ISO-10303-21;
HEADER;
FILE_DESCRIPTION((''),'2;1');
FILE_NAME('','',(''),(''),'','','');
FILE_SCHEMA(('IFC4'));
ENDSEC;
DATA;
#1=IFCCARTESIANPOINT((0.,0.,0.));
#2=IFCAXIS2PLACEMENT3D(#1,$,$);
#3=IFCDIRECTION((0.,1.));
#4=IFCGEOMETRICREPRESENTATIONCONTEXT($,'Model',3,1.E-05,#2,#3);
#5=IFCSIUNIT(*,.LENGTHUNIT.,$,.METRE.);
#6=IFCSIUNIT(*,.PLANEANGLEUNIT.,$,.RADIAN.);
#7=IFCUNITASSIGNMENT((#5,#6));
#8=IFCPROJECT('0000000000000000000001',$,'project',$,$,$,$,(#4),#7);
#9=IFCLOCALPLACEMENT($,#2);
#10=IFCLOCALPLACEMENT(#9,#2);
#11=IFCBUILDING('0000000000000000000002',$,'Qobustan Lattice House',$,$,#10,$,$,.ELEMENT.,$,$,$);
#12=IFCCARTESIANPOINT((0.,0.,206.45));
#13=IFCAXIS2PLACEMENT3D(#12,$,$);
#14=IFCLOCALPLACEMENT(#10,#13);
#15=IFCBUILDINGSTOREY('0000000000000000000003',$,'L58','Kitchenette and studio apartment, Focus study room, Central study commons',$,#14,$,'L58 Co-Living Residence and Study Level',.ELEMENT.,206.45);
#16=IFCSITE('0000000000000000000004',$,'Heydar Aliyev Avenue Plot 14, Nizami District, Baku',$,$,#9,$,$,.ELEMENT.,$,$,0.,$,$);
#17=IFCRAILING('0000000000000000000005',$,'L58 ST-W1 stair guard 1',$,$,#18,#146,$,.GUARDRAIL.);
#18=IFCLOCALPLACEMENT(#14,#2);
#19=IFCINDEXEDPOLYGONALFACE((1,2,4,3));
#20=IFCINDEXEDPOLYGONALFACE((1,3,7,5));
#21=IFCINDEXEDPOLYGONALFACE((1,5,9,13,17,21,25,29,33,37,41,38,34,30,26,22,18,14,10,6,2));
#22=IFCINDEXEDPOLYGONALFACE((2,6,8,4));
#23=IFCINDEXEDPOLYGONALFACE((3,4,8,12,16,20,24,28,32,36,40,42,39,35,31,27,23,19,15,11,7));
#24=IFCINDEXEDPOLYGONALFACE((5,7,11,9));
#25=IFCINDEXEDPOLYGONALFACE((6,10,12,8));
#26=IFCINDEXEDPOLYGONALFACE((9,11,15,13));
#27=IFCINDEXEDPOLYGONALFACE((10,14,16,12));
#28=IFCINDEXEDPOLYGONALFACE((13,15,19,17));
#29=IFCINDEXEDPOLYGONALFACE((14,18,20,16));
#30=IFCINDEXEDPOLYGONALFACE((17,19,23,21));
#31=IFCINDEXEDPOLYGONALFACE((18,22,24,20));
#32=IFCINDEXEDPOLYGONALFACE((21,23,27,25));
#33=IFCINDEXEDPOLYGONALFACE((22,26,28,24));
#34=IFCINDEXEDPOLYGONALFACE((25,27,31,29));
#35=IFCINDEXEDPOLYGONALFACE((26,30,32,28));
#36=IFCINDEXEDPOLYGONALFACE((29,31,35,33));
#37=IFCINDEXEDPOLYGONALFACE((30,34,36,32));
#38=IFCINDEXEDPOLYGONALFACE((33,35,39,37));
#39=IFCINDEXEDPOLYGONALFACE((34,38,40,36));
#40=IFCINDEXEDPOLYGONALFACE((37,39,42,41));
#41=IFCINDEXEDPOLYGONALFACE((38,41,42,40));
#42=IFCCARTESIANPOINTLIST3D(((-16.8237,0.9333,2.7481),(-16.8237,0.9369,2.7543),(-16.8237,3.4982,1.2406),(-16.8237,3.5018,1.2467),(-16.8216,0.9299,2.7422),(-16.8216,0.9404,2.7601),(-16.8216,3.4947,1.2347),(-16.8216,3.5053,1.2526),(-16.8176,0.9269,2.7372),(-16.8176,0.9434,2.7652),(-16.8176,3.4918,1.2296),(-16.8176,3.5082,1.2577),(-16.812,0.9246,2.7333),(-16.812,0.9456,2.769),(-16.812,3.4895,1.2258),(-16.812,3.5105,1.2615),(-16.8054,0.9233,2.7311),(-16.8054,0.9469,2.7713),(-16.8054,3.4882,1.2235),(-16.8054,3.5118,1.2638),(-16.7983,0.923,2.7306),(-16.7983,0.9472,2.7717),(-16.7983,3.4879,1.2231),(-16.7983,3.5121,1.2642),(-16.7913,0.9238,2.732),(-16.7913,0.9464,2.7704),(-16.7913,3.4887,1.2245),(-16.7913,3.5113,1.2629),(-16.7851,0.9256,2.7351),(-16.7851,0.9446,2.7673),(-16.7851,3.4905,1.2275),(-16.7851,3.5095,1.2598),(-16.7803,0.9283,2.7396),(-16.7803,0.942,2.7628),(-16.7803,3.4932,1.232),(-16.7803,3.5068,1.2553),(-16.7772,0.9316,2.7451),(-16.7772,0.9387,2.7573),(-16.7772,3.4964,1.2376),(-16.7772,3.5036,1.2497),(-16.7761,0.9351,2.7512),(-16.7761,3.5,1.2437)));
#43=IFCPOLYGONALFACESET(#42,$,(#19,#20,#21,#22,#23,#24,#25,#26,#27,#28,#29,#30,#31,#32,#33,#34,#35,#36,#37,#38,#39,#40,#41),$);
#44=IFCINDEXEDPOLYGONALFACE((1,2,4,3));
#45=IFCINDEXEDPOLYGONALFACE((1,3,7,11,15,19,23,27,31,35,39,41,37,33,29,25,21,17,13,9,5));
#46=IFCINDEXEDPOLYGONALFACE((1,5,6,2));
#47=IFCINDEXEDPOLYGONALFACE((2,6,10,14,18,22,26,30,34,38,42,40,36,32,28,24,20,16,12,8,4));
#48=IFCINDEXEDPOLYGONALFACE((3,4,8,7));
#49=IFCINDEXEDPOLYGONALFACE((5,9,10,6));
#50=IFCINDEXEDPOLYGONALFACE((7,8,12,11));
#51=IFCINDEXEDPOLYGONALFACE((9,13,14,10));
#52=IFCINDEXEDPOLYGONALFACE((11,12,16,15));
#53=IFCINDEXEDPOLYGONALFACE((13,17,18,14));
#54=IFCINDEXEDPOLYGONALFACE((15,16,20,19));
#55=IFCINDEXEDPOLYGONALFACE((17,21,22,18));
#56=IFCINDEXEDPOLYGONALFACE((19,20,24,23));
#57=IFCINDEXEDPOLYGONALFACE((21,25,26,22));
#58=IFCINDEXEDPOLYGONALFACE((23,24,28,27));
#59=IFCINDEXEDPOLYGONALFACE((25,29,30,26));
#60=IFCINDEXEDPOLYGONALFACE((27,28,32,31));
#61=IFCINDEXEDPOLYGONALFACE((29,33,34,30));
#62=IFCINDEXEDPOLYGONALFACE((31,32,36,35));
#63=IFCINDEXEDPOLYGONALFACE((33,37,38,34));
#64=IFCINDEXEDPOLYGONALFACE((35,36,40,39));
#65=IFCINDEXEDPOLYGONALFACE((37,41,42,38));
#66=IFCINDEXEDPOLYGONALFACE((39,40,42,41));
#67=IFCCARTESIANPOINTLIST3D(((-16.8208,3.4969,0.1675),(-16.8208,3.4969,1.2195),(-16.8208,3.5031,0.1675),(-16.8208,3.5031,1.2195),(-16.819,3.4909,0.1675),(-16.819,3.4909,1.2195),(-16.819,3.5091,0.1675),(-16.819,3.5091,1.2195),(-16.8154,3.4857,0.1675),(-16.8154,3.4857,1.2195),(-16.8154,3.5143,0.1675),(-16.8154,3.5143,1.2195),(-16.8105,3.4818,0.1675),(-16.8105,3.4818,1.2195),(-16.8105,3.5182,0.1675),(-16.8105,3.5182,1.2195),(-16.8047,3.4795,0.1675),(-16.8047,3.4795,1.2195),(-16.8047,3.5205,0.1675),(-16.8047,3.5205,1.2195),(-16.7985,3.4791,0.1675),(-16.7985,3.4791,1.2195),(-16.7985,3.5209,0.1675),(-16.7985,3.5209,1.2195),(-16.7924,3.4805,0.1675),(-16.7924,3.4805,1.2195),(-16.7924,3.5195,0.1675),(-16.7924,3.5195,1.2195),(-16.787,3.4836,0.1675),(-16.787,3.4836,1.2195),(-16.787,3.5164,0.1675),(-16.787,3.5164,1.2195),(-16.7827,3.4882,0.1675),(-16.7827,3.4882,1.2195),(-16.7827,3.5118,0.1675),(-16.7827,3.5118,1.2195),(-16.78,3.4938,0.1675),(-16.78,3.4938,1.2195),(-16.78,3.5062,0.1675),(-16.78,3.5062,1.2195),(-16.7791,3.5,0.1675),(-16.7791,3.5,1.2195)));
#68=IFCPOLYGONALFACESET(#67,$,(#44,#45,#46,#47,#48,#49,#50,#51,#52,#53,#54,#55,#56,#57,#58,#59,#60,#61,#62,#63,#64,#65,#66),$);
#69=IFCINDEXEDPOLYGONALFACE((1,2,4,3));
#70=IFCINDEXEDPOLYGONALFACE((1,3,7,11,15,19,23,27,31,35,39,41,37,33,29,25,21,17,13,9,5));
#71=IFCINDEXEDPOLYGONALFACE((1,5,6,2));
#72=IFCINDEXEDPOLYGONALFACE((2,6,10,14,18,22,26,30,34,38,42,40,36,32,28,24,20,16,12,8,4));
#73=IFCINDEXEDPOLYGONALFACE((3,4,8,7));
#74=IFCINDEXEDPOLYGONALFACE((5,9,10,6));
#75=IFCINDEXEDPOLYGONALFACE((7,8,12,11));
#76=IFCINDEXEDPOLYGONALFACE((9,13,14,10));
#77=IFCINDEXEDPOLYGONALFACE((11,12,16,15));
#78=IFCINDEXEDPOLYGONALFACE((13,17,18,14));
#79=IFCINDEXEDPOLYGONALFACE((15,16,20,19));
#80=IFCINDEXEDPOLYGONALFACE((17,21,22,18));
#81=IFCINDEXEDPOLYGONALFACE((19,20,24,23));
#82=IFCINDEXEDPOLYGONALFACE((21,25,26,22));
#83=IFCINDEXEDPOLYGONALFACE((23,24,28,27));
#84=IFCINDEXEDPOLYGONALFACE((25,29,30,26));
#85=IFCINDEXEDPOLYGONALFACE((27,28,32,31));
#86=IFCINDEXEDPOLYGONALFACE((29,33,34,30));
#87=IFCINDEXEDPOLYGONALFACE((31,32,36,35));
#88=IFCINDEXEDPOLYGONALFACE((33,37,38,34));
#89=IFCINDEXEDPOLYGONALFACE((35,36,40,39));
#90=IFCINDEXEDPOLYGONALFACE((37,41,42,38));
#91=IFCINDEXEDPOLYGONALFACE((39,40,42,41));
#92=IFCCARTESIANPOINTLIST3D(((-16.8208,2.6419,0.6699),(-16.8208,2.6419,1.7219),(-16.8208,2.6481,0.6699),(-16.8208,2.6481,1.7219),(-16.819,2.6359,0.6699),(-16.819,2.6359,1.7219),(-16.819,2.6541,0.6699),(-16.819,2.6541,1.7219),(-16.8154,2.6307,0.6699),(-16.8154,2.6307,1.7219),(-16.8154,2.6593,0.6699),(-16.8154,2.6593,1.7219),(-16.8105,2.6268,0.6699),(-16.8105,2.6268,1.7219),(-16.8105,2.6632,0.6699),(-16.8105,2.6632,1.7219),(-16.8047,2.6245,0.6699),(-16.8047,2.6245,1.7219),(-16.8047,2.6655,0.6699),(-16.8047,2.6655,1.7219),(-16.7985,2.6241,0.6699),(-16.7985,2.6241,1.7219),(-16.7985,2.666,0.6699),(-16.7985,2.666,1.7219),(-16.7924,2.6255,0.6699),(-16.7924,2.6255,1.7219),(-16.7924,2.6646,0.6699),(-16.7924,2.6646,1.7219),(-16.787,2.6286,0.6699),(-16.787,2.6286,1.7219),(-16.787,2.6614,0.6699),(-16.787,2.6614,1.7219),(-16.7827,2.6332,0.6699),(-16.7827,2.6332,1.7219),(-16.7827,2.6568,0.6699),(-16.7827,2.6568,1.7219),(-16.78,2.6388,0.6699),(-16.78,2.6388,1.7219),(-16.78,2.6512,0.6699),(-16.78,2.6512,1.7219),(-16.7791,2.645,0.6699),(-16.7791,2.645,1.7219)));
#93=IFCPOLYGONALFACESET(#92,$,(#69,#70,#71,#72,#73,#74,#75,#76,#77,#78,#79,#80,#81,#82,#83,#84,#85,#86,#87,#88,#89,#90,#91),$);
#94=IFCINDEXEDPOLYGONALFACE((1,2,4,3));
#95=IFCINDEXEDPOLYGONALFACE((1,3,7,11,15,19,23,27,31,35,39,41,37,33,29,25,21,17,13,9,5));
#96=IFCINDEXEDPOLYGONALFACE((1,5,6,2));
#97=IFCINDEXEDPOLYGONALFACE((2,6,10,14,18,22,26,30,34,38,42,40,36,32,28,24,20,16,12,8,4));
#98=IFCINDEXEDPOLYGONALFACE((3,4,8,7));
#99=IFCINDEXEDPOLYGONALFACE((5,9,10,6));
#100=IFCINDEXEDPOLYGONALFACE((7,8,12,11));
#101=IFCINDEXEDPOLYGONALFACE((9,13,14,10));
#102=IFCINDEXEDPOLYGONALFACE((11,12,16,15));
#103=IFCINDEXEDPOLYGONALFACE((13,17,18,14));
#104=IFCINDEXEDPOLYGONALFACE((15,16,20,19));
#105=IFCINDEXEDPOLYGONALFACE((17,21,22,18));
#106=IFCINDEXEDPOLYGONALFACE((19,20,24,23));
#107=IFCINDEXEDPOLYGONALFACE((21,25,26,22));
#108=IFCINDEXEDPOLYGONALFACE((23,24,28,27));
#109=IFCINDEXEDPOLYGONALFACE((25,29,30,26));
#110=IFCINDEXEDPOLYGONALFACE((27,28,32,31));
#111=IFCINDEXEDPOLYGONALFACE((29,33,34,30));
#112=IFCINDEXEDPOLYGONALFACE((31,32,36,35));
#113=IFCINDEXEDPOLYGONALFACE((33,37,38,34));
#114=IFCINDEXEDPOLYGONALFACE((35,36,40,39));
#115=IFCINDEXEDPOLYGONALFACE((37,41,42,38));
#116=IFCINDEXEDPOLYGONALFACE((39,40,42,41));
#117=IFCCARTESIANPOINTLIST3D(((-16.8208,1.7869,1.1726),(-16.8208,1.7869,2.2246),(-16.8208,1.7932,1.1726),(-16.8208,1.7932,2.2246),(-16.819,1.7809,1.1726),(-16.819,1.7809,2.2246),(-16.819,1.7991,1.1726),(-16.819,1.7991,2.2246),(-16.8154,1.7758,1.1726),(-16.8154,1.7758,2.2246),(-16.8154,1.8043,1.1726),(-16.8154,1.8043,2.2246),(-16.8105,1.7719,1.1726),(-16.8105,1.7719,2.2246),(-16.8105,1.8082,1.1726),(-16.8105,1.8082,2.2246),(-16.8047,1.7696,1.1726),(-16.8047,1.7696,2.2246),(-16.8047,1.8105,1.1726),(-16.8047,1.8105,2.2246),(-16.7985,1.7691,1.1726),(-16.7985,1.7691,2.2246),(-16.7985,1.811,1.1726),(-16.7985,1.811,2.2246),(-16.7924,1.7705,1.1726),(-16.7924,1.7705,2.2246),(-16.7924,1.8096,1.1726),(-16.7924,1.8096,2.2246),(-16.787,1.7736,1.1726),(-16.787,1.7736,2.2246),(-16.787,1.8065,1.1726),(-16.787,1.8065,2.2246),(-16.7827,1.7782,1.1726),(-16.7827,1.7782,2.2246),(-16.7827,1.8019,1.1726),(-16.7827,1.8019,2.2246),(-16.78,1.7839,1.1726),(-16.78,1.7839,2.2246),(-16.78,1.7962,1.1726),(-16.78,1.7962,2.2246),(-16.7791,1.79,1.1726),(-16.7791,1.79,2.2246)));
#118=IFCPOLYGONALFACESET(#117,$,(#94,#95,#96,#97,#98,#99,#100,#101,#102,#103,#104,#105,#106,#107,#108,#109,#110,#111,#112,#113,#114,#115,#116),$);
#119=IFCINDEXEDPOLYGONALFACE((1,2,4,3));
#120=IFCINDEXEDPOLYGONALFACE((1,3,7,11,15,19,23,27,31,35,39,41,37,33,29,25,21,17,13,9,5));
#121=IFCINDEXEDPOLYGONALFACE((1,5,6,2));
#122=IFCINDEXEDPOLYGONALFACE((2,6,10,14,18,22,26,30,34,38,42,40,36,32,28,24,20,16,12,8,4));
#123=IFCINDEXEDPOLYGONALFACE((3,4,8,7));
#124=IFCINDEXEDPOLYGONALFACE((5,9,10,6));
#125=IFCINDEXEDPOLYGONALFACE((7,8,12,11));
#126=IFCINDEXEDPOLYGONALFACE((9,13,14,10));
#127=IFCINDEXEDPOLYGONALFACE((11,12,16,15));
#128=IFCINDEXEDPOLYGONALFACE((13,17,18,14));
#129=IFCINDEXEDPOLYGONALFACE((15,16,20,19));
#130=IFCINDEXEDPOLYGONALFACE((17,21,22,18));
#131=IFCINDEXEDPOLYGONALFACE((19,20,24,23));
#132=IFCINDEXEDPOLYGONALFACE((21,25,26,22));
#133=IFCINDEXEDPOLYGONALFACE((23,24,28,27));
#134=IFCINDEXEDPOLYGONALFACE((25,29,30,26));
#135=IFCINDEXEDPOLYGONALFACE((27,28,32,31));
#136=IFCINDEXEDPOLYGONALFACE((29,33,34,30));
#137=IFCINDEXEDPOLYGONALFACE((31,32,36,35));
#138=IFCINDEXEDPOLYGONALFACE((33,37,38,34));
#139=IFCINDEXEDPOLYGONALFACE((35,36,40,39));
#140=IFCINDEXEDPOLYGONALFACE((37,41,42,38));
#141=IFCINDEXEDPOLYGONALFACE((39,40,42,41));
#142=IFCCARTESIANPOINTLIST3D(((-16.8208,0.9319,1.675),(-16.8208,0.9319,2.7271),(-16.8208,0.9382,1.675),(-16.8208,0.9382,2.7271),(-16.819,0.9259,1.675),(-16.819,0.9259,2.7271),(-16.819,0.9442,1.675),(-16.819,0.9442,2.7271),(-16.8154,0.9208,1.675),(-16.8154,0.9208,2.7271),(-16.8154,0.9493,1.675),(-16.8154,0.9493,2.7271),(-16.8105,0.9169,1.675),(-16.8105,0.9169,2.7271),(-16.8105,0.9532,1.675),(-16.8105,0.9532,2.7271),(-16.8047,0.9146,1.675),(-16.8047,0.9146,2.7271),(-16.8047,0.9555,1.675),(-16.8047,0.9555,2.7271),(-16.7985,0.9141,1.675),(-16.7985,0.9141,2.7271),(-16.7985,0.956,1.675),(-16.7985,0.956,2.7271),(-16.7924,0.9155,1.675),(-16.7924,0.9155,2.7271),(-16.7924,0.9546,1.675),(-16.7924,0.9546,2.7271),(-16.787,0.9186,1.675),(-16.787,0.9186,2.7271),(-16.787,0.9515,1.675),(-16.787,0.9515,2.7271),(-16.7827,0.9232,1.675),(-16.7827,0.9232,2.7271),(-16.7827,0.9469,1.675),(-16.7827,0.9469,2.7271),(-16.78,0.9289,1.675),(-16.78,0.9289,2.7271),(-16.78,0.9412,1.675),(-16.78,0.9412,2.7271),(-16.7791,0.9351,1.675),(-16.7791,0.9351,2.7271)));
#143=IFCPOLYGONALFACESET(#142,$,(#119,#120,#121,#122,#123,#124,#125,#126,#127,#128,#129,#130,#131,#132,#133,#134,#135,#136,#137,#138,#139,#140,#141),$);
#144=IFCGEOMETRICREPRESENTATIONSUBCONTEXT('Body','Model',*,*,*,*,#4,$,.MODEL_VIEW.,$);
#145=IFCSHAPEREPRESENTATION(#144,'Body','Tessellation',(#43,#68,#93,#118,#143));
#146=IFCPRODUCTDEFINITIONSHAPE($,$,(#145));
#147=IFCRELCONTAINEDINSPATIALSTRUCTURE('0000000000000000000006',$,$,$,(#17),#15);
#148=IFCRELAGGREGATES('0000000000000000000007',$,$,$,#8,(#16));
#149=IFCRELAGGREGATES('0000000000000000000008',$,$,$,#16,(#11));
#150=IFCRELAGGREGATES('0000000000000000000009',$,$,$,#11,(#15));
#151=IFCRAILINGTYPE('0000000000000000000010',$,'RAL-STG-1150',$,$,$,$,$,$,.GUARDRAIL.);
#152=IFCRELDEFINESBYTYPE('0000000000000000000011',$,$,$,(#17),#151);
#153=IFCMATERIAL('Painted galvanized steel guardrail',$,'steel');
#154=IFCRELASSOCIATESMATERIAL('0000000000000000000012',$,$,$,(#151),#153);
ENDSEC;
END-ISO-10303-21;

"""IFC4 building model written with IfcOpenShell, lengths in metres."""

from ifc_helpers import new_model, si_unit, direction, frame, origin, origin_2d, place, context, subcontext, project, spatial, circle, extrude, material, type_object, element, save


model = new_model("IFC4")

# Units and contexts
model_context = context("Model", 3, precision=1e-05, world=origin(), true_north=direction((0.0, 1.0)))
body_context = subcontext(model_context, "Body", "Model", "MODEL_VIEW")
ifc_project = project(units=[si_unit("LENGTHUNIT", "METRE"), si_unit("PLANEANGLEUNIT", "RADIAN")], contexts=[model_context])

# Site, building, storey
site_placement = place(None, origin())
site = spatial("IfcSite", under=ifc_project, at=site_placement, Name="Heydar Aliyev Avenue Plot 14, Nizami District, Baku", CompositionType="ELEMENT", RefElevation=0.0)
building_placement = place(site_placement, origin())
building = spatial("IfcBuilding", under=site, at=building_placement, Name="Qobustan Lattice House", CompositionType="ELEMENT")
storey_placement = place(building_placement, frame((0.0, 0.0, 206.45)))
storey = spatial("IfcBuildingStorey", under=building, at=storey_placement, Name="L58", Description="Kitchenette and studio apartment, Focus study room, Central study commons", LongName="L58 Co-Living Residence and Study Level", CompositionType="ELEMENT", Elevation=206.45)

# Railing
ifc_material_1 = material(Name="Painted galvanized steel guardrail", Category="steel")
railing_type_1 = type_object("IfcRailingType", Name="RAL-STG-1150", PredefinedType="GUARDRAIL", material=ifc_material_1)
railing_1_placement = place(storey_placement, frame((-16.8, 3.5, 0.1675)))
element("IfcRailing", 1, at=railing_1_placement, inside=storey, type_object=railing_type_1, Name="L58 ST-W1 stair guard 1", PredefinedType="GUARDRAIL", context=body_context, shape_type="SweptSolid", body=[
    extrude(circle(Radius=0.0239, at=origin_2d()), frame((0.0, 0.0, 1.0762), z_axis=(0.0, -0.862113, 0.506715), x_axis=(1.0, 0.0, 0.0)), (0.0, 0.0, 1.0), 2.9751),
    extrude(circle(Radius=0.021, at=origin_2d()), origin(), (0.0, 0.0, 1.0), 1.052),
    extrude(circle(Radius=0.021, at=origin_2d()), frame((0.0, -0.855, 0.5024)), (0.0, 0.0, 1.0), 1.052),
    extrude(circle(Radius=0.021, at=origin_2d()), frame((0.0, -1.71, 1.0051)), (0.0, 0.0, 1.0), 1.052),
    extrude(circle(Radius=0.021, at=origin_2d()), frame((0.0, -2.5649, 1.5076)), (0.0, 0.0, 1.0), 1.052),
])

save(model, "model.ifc")
